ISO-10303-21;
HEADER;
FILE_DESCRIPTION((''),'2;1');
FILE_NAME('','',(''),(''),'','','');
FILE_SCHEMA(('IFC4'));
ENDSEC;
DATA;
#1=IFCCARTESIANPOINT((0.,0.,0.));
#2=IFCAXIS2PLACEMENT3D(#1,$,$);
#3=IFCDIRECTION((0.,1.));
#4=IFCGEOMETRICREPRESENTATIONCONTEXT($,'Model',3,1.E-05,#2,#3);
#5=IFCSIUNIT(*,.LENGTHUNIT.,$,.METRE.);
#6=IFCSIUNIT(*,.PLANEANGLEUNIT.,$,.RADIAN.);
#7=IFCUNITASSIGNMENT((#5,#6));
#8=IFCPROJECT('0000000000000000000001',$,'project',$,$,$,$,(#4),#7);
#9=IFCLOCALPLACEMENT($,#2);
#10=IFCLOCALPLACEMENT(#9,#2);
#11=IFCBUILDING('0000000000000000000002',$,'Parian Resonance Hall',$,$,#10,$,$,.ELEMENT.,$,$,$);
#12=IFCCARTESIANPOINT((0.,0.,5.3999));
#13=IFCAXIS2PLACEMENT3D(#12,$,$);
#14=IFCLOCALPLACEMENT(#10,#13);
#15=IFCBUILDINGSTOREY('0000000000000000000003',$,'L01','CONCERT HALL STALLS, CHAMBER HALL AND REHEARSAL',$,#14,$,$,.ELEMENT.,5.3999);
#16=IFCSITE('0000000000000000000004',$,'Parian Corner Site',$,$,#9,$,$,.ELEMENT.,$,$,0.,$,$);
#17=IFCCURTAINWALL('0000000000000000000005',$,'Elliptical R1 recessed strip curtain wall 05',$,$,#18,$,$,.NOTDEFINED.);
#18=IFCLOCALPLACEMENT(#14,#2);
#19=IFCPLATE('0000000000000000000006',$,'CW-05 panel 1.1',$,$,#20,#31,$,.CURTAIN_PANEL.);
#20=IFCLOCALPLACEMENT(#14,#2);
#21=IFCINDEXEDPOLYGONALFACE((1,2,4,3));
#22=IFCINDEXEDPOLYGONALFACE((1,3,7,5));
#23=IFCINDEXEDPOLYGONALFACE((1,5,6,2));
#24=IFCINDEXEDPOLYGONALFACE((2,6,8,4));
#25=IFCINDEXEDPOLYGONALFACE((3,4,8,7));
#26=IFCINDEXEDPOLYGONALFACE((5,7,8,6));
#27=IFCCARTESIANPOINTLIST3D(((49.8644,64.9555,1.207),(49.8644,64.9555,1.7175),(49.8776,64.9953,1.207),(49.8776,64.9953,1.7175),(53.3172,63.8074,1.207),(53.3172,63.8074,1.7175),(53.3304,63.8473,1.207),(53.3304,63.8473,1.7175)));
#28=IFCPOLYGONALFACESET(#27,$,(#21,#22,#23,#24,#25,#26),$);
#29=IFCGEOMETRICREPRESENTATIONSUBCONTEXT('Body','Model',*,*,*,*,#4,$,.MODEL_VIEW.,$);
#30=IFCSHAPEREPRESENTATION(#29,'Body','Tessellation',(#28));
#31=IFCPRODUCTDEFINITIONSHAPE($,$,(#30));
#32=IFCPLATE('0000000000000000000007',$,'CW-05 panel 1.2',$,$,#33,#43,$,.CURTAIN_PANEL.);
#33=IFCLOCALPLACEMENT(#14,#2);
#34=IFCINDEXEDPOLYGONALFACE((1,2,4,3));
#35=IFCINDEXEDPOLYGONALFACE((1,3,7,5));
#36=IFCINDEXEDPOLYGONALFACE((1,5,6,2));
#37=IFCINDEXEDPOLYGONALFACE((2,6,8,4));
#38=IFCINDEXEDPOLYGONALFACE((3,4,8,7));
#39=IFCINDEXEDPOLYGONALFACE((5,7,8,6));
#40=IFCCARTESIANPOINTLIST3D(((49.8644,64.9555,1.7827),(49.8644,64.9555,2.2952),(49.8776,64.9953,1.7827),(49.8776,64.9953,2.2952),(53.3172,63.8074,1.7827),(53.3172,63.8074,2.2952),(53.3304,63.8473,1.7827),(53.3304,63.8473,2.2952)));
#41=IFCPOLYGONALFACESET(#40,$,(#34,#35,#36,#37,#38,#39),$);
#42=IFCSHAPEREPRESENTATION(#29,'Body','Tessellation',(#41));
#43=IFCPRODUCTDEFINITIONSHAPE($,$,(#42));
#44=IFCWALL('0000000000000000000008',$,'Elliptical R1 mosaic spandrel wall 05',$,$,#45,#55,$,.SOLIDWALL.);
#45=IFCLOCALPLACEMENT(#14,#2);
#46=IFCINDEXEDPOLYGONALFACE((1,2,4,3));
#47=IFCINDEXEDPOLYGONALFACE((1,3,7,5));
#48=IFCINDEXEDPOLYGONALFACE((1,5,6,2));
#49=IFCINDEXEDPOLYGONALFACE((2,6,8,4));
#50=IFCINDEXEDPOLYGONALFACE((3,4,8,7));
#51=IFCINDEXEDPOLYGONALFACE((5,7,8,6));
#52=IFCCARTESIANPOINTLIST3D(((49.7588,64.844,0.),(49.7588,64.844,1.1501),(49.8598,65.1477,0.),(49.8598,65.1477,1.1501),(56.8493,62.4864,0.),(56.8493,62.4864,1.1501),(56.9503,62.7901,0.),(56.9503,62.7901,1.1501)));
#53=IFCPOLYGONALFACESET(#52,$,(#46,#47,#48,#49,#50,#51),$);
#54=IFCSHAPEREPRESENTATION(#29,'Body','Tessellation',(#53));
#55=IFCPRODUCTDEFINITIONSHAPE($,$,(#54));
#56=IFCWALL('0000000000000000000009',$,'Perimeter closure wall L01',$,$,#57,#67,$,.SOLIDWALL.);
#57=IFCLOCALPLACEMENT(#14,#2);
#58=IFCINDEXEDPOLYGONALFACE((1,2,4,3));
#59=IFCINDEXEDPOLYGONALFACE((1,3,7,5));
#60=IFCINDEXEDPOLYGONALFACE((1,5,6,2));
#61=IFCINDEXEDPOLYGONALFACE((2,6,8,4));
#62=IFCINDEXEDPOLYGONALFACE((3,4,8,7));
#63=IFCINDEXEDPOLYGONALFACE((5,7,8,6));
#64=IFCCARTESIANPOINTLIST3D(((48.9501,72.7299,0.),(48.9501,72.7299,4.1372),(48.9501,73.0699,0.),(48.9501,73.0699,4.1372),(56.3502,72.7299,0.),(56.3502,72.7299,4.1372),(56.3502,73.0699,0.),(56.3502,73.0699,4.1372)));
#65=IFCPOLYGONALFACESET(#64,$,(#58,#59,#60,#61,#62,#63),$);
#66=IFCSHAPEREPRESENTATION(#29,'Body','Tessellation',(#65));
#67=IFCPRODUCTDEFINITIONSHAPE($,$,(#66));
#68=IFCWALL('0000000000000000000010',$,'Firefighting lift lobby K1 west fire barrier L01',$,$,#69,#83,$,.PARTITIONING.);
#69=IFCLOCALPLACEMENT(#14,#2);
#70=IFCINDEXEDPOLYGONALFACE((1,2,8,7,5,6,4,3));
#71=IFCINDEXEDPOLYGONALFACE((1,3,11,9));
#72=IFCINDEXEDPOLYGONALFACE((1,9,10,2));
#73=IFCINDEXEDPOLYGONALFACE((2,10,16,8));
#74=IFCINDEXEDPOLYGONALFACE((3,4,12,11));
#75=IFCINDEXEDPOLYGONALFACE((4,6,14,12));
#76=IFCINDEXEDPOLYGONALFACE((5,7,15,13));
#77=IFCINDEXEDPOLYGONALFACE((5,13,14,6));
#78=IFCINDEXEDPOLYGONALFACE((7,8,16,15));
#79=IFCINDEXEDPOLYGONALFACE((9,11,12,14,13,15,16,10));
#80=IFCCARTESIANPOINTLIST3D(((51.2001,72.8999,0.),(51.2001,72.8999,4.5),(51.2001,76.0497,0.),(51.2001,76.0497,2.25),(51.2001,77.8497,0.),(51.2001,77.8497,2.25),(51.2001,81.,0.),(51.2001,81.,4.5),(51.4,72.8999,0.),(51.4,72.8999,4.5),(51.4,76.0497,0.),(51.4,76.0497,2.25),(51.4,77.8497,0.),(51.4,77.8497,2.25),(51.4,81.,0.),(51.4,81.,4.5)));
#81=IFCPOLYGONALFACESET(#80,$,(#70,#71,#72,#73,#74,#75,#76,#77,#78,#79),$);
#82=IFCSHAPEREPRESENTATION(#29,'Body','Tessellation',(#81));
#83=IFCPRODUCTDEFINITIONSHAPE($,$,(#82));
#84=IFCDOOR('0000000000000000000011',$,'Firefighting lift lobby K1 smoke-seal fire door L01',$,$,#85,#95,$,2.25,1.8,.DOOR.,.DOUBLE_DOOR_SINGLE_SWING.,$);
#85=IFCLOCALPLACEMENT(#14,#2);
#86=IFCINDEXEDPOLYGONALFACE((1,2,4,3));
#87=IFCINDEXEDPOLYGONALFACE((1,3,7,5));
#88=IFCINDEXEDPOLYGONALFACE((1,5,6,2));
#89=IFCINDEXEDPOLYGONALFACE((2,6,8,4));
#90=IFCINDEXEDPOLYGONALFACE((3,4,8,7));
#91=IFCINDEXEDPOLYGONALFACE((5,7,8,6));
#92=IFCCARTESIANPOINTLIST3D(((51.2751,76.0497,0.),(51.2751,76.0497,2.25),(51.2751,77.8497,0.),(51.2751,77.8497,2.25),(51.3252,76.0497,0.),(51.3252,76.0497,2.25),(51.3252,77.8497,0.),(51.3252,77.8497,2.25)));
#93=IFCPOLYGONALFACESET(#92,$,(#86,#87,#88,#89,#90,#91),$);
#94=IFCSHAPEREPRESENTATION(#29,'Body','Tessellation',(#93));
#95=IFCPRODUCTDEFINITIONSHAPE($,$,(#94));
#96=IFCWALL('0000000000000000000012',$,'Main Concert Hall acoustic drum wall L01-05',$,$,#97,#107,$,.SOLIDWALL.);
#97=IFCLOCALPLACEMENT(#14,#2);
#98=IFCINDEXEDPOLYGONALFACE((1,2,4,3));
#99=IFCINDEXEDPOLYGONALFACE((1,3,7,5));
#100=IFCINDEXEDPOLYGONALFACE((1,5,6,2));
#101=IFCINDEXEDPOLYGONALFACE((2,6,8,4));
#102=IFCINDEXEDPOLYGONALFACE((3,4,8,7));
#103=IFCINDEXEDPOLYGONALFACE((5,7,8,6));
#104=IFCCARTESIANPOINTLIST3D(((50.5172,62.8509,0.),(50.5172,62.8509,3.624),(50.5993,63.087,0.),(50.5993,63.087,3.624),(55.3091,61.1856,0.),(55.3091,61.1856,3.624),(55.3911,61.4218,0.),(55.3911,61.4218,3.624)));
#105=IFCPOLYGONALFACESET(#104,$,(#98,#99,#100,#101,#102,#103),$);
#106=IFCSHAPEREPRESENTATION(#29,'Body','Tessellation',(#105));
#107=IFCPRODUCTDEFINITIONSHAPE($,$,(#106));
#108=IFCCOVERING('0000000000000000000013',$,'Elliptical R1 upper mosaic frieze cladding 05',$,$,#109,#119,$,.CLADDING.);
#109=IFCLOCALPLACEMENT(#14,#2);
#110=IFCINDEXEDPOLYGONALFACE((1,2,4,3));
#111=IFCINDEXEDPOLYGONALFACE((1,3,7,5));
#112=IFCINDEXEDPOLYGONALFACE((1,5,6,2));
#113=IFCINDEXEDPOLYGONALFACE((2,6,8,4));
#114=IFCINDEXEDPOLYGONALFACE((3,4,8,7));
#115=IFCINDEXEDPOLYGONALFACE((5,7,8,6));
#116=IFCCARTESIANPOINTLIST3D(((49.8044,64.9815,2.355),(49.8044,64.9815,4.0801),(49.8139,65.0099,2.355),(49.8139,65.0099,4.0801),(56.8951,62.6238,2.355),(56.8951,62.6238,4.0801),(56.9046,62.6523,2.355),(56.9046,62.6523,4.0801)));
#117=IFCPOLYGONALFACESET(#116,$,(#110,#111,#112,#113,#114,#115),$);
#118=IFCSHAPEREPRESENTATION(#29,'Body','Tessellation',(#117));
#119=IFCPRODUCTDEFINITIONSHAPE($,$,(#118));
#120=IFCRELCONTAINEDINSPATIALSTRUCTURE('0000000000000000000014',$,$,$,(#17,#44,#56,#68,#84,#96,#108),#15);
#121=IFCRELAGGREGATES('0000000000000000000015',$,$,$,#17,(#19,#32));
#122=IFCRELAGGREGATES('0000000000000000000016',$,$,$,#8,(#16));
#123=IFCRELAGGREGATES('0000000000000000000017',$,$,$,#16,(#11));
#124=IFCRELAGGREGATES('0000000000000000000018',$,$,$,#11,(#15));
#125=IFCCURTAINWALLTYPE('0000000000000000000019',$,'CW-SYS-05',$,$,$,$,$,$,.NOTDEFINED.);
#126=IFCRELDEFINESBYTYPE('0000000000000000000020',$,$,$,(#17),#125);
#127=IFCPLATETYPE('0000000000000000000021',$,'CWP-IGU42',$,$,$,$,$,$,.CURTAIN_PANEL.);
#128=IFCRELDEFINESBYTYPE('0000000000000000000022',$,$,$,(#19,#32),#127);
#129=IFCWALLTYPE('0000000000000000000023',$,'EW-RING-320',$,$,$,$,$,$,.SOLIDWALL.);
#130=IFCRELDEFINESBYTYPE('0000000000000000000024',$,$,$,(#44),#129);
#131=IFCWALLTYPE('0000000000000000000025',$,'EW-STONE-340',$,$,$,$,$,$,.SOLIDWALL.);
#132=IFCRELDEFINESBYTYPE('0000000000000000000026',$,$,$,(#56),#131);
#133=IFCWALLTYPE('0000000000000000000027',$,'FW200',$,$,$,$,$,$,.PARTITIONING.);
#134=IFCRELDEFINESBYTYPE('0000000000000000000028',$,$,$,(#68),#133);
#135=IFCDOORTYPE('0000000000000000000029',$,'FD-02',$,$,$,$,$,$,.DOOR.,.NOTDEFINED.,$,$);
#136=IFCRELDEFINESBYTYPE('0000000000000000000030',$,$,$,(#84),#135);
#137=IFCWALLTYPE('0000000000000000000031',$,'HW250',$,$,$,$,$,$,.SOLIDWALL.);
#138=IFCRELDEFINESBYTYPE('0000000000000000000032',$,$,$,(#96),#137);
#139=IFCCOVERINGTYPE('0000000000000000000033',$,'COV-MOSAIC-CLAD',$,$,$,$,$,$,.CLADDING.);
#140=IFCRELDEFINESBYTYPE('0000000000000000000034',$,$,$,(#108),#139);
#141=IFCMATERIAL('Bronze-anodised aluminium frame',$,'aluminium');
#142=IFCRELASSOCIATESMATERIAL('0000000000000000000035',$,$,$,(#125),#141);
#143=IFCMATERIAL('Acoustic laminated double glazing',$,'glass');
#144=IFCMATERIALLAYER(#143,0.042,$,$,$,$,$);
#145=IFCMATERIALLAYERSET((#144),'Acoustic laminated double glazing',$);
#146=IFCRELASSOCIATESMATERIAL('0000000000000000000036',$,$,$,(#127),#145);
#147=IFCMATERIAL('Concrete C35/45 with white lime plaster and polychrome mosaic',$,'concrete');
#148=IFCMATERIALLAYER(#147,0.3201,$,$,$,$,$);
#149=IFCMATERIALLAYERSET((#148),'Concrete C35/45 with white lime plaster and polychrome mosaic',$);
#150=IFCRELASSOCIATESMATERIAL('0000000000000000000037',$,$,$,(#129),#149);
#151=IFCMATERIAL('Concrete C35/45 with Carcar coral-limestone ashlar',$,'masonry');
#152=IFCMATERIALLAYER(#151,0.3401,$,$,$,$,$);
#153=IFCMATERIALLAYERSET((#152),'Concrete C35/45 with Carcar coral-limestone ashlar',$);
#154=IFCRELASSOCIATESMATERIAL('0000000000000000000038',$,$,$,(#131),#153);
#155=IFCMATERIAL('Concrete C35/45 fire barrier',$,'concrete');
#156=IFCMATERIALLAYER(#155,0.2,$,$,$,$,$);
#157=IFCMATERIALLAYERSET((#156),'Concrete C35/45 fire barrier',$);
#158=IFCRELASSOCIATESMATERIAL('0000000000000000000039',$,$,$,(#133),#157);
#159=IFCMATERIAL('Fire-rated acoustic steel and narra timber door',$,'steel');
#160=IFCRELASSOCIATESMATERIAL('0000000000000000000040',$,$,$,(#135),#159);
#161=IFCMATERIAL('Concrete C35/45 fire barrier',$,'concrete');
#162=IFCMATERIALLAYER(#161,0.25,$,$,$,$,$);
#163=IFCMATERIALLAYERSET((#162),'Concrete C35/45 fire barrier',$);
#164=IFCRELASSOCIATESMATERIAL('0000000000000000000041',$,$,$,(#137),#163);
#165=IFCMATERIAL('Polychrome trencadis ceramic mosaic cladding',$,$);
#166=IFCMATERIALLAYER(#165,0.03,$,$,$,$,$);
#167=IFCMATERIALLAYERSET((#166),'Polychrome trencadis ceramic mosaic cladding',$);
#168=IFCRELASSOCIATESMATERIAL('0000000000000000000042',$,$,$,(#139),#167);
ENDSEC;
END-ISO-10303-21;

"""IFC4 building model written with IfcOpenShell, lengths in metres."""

from ifc_helpers import new_model, si_unit, direction, frame, frame_2d, origin, origin_2d, place, context, subcontext, project, spatial, rectangle, extrude, material, layer, layer_set, type_object, element, fill, aggregate, save


model = new_model("IFC4")

# Units and contexts
model_context = context("Model", 3, precision=1e-05, world=origin(), true_north=direction((0.0, 1.0)))
body_context = subcontext(model_context, "Body", "Model", "MODEL_VIEW")
ifc_project = project(units=[si_unit("LENGTHUNIT", "METRE"), si_unit("PLANEANGLEUNIT", "RADIAN")], contexts=[model_context])

# Site, building, storey
site_placement = place(None, origin())
site = spatial("IfcSite", under=ifc_project, at=site_placement, Name="Parian Corner Site", CompositionType="ELEMENT", RefElevation=0.0)
building_placement = place(site_placement, origin())
building = spatial("IfcBuilding", under=site, at=building_placement, Name="Parian Resonance Hall", CompositionType="ELEMENT")
storey_placement = place(building_placement, frame((0.0, 0.0, 5.3999)))
storey = spatial("IfcBuildingStorey", under=building, at=storey_placement, Name="L01", Description="CONCERT HALL STALLS, CHAMBER HALL AND REHEARSAL", CompositionType="ELEMENT", Elevation=5.3999)

# Curtain wall
ifc_material_1 = material(Name="Bronze-anodised aluminium frame", Category="aluminium")
curtain_wall_type_1 = type_object("IfcCurtainWallType", Name="CW-SYS-05", PredefinedType="NOTDEFINED", material=ifc_material_1)
curtain_wall_1_placement = place(storey_placement, origin())
curtain_wall_1 = element("IfcCurtainWall", 1, at=curtain_wall_1_placement, inside=storey, type_object=curtain_wall_type_1, Name="Elliptical R1 recessed strip curtain wall 05", PredefinedType="NOTDEFINED")

# Plates
ifc_material_2 = material(Name="Acoustic laminated double glazing", Category="glass")
ifc_layer_1 = layer(ifc_material_2, 0.042)
ifc_layer_set_1 = layer_set([ifc_layer_1], Name="Acoustic laminated double glazing")
plate_type_1 = type_object("IfcPlateType", Name="CWP-IGU42", PredefinedType="CURTAIN_PANEL", material=ifc_layer_set_1)
plate_1_placement = place(storey_placement, frame((51.5974, 64.4014, 1.207), z_axis=(0.0, 0.0, 1.0), x_axis=(0.948923, -0.315509, 0.0)))
plate_1 = element("IfcPlate", 2, at=plate_1_placement, type_object=plate_type_1, Name="CW-05 panel 1.1", PredefinedType="CURTAIN_PANEL", context=body_context, shape_type="SweptSolid", body=[
    extrude(rectangle(XDim=3.6387, YDim=0.042, at=origin_2d()), origin(), (0.0, 0.0, 1.0), 0.5105),
])
plate_2_placement = place(storey_placement, frame((51.5974, 64.4014, 1.7827), z_axis=(0.0, 0.0, 1.0), x_axis=(0.948923, -0.315509, 0.0)))
plate_2 = element("IfcPlate", 3, at=plate_2_placement, type_object=plate_type_1, Name="CW-05 panel 1.2", PredefinedType="CURTAIN_PANEL", context=body_context, shape_type="SweptSolid", body=[
    extrude(rectangle(XDim=3.6387, YDim=0.042, at=origin_2d()), origin(), (0.0, 0.0, 1.0), 0.5125),
])
aggregate(curtain_wall_1, [plate_1, plate_2])

# Walls
ifc_material_3 = material(Name="Concrete C35/45 with white lime plaster and polychrome mosaic", Category="concrete")
ifc_layer_2 = layer(ifc_material_3, 0.3201)
ifc_layer_set_2 = layer_set([ifc_layer_2], Name="Concrete C35/45 with white lime plaster and polychrome mosaic")
wall_type_1 = type_object("IfcWallType", Name="EW-RING-320", PredefinedType="SOLIDWALL", material=ifc_layer_set_2)
wall_1_placement = place(storey_placement, frame((49.8093, 64.9958, 0.0), z_axis=(0.0, 0.0, 1.0), x_axis=(0.948918, -0.315522, 0.0)))
element("IfcWall", 4, at=wall_1_placement, inside=storey, type_object=wall_type_1, Name="Elliptical R1 mosaic spandrel wall 05", PredefinedType="SOLIDWALL", context=body_context, shape_type="SweptSolid", body=[
    extrude(rectangle(XDim=7.4722, YDim=0.3201, at=frame_2d((3.7361, 0.0))), origin(), (0.0, 0.0, 1.0), 1.1501),
])
ifc_material_4 = material(Name="Concrete C35/45 with Carcar coral-limestone ashlar", Category="masonry")
ifc_layer_3 = layer(ifc_material_4, 0.3401)
ifc_layer_set_3 = layer_set([ifc_layer_3], Name="Concrete C35/45 with Carcar coral-limestone ashlar")
wall_type_2 = type_object("IfcWallType", Name="EW-STONE-340", PredefinedType="SOLIDWALL", material=ifc_layer_set_3)
wall_2_placement = place(storey_placement, frame((48.95, 72.8999, 0.0), z_axis=(0.0, 0.0, 1.0), x_axis=(1.0, 0.0, 0.0)))
element("IfcWall", 5, at=wall_2_placement, inside=storey, type_object=wall_type_2, Name="Perimeter closure wall L01", PredefinedType="SOLIDWALL", context=body_context, shape_type="SweptSolid", body=[
    extrude(rectangle(XDim=7.4001, YDim=0.3401, at=frame_2d((3.7002, 0.0))), origin(), (0.0, 0.0, 1.0), 4.1372),
])

# Wall, opening, door
ifc_material_5 = material(Name="Concrete C35/45 fire barrier", Category="concrete")
ifc_layer_4 = layer(ifc_material_5, 0.2)
ifc_layer_set_4 = layer_set([ifc_layer_4], Name="Concrete C35/45 fire barrier")
wall_type_3 = type_object("IfcWallType", Name="FW200", PredefinedType="PARTITIONING", material=ifc_layer_set_4)
wall_3_placement = place(storey_placement, frame((51.3, 72.8999, 0.0), z_axis=(0.0, 0.0, 1.0), x_axis=(0.0, 1.0, 0.0)))
wall_3 = element("IfcWall", 6, at=wall_3_placement, inside=storey, type_object=wall_type_3, Name="Firefighting lift lobby K1 west fire barrier L01", PredefinedType="PARTITIONING", context=body_context, shape_type="SweptSolid", body=[
    extrude(rectangle(XDim=8.1001, YDim=0.2, at=frame_2d((4.05, 0.0))), origin(), (0.0, 0.0, 1.0), 4.5),
])
opening_placement = place(wall_3_placement, frame((3.1499, 0.0, 0.0)))
opening = element("IfcOpeningElement", 7, at=opening_placement, cuts=wall_3, PredefinedType="OPENING", context=body_context, shape_type="SweptSolid", body=[
    extrude(rectangle(XDim=1.8, YDim=2.25, at=frame_2d((0.8999, 1.125))), frame((0.0, 0.1099, 0.0), z_axis=(0.0, -1.0, 0.0), x_axis=(1.0, 0.0, 0.0)), (0.0, 0.0, 1.0), 0.22),
])
ifc_material_6 = material(Name="Fire-rated acoustic steel and narra timber door", Category="steel")
door_type = type_object("IfcDoorType", Name="FD-02", OperationType="NOTDEFINED", PredefinedType="DOOR", material=ifc_material_6)
door_placement = place(opening_placement, origin())
door = element("IfcDoor", 8, at=door_placement, inside=storey, type_object=door_type, Name="Firefighting lift lobby K1 smoke-seal fire door L01", OperationType="DOUBLE_DOOR_SINGLE_SWING", OverallHeight=2.25, OverallWidth=1.8, PredefinedType="DOOR", context=body_context, shape_type="SweptSolid", body=[
    extrude(rectangle(XDim=1.8, YDim=2.25, at=frame_2d((0.8999, 1.125))), frame((0.0, 0.0249, 0.0), z_axis=(0.0, -1.0, 0.0), x_axis=(1.0, 0.0, 0.0)), (0.0, 0.0, 1.0), 0.05),
])
fill(opening, door)

# Wall
ifc_material_7 = material(Name="Concrete C35/45 fire barrier", Category="concrete")
ifc_layer_5 = layer(ifc_material_7, 0.25)
ifc_layer_set_5 = layer_set([ifc_layer_5], Name="Concrete C35/45 fire barrier")
wall_type_4 = type_object("IfcWallType", Name="HW250", PredefinedType="SOLIDWALL", material=ifc_layer_set_5)
wall_4_placement = place(storey_placement, frame((50.5581, 62.969, 0.0), z_axis=(0.0, 0.0, 1.0), x_axis=(0.944588, -0.328257, 0.0)))
element("IfcWall", 9, at=wall_4_placement, inside=storey, type_object=wall_type_4, Name="Main Concert Hall acoustic drum wall L01-05", PredefinedType="SOLIDWALL", context=body_context, shape_type="SweptSolid", body=[
    extrude(rectangle(XDim=5.073, YDim=0.25, at=frame_2d((2.5366, 0.0))), origin(), (0.0, 0.0, 1.0), 3.624),
])

# Covering
ifc_material_8 = material(Name="Polychrome trencadis ceramic mosaic cladding")
ifc_layer_6 = layer(ifc_material_8, 0.03)
ifc_layer_set_6 = layer_set([ifc_layer_6], Name="Polychrome trencadis ceramic mosaic cladding")
covering_type = type_object("IfcCoveringType", Name="COV-MOSAIC-CLAD", PredefinedType="CLADDING", material=ifc_layer_set_6)
covering_placement = place(storey_placement, frame((53.3545, 63.8169, 2.355), z_axis=(0.0, 0.0, 1.0), x_axis=(0.948923, -0.315508, 0.0)))
element("IfcCovering", 10, at=covering_placement, inside=storey, type_object=covering_type, Name="Elliptical R1 upper mosaic frieze cladding 05", PredefinedType="CLADDING", context=body_context, shape_type="SweptSolid", body=[
    extrude(rectangle(XDim=7.4724, YDim=0.03, at=origin_2d()), origin(), (0.0, 0.0, 1.0), 1.7251),
])

save(model, "model.ifc")
